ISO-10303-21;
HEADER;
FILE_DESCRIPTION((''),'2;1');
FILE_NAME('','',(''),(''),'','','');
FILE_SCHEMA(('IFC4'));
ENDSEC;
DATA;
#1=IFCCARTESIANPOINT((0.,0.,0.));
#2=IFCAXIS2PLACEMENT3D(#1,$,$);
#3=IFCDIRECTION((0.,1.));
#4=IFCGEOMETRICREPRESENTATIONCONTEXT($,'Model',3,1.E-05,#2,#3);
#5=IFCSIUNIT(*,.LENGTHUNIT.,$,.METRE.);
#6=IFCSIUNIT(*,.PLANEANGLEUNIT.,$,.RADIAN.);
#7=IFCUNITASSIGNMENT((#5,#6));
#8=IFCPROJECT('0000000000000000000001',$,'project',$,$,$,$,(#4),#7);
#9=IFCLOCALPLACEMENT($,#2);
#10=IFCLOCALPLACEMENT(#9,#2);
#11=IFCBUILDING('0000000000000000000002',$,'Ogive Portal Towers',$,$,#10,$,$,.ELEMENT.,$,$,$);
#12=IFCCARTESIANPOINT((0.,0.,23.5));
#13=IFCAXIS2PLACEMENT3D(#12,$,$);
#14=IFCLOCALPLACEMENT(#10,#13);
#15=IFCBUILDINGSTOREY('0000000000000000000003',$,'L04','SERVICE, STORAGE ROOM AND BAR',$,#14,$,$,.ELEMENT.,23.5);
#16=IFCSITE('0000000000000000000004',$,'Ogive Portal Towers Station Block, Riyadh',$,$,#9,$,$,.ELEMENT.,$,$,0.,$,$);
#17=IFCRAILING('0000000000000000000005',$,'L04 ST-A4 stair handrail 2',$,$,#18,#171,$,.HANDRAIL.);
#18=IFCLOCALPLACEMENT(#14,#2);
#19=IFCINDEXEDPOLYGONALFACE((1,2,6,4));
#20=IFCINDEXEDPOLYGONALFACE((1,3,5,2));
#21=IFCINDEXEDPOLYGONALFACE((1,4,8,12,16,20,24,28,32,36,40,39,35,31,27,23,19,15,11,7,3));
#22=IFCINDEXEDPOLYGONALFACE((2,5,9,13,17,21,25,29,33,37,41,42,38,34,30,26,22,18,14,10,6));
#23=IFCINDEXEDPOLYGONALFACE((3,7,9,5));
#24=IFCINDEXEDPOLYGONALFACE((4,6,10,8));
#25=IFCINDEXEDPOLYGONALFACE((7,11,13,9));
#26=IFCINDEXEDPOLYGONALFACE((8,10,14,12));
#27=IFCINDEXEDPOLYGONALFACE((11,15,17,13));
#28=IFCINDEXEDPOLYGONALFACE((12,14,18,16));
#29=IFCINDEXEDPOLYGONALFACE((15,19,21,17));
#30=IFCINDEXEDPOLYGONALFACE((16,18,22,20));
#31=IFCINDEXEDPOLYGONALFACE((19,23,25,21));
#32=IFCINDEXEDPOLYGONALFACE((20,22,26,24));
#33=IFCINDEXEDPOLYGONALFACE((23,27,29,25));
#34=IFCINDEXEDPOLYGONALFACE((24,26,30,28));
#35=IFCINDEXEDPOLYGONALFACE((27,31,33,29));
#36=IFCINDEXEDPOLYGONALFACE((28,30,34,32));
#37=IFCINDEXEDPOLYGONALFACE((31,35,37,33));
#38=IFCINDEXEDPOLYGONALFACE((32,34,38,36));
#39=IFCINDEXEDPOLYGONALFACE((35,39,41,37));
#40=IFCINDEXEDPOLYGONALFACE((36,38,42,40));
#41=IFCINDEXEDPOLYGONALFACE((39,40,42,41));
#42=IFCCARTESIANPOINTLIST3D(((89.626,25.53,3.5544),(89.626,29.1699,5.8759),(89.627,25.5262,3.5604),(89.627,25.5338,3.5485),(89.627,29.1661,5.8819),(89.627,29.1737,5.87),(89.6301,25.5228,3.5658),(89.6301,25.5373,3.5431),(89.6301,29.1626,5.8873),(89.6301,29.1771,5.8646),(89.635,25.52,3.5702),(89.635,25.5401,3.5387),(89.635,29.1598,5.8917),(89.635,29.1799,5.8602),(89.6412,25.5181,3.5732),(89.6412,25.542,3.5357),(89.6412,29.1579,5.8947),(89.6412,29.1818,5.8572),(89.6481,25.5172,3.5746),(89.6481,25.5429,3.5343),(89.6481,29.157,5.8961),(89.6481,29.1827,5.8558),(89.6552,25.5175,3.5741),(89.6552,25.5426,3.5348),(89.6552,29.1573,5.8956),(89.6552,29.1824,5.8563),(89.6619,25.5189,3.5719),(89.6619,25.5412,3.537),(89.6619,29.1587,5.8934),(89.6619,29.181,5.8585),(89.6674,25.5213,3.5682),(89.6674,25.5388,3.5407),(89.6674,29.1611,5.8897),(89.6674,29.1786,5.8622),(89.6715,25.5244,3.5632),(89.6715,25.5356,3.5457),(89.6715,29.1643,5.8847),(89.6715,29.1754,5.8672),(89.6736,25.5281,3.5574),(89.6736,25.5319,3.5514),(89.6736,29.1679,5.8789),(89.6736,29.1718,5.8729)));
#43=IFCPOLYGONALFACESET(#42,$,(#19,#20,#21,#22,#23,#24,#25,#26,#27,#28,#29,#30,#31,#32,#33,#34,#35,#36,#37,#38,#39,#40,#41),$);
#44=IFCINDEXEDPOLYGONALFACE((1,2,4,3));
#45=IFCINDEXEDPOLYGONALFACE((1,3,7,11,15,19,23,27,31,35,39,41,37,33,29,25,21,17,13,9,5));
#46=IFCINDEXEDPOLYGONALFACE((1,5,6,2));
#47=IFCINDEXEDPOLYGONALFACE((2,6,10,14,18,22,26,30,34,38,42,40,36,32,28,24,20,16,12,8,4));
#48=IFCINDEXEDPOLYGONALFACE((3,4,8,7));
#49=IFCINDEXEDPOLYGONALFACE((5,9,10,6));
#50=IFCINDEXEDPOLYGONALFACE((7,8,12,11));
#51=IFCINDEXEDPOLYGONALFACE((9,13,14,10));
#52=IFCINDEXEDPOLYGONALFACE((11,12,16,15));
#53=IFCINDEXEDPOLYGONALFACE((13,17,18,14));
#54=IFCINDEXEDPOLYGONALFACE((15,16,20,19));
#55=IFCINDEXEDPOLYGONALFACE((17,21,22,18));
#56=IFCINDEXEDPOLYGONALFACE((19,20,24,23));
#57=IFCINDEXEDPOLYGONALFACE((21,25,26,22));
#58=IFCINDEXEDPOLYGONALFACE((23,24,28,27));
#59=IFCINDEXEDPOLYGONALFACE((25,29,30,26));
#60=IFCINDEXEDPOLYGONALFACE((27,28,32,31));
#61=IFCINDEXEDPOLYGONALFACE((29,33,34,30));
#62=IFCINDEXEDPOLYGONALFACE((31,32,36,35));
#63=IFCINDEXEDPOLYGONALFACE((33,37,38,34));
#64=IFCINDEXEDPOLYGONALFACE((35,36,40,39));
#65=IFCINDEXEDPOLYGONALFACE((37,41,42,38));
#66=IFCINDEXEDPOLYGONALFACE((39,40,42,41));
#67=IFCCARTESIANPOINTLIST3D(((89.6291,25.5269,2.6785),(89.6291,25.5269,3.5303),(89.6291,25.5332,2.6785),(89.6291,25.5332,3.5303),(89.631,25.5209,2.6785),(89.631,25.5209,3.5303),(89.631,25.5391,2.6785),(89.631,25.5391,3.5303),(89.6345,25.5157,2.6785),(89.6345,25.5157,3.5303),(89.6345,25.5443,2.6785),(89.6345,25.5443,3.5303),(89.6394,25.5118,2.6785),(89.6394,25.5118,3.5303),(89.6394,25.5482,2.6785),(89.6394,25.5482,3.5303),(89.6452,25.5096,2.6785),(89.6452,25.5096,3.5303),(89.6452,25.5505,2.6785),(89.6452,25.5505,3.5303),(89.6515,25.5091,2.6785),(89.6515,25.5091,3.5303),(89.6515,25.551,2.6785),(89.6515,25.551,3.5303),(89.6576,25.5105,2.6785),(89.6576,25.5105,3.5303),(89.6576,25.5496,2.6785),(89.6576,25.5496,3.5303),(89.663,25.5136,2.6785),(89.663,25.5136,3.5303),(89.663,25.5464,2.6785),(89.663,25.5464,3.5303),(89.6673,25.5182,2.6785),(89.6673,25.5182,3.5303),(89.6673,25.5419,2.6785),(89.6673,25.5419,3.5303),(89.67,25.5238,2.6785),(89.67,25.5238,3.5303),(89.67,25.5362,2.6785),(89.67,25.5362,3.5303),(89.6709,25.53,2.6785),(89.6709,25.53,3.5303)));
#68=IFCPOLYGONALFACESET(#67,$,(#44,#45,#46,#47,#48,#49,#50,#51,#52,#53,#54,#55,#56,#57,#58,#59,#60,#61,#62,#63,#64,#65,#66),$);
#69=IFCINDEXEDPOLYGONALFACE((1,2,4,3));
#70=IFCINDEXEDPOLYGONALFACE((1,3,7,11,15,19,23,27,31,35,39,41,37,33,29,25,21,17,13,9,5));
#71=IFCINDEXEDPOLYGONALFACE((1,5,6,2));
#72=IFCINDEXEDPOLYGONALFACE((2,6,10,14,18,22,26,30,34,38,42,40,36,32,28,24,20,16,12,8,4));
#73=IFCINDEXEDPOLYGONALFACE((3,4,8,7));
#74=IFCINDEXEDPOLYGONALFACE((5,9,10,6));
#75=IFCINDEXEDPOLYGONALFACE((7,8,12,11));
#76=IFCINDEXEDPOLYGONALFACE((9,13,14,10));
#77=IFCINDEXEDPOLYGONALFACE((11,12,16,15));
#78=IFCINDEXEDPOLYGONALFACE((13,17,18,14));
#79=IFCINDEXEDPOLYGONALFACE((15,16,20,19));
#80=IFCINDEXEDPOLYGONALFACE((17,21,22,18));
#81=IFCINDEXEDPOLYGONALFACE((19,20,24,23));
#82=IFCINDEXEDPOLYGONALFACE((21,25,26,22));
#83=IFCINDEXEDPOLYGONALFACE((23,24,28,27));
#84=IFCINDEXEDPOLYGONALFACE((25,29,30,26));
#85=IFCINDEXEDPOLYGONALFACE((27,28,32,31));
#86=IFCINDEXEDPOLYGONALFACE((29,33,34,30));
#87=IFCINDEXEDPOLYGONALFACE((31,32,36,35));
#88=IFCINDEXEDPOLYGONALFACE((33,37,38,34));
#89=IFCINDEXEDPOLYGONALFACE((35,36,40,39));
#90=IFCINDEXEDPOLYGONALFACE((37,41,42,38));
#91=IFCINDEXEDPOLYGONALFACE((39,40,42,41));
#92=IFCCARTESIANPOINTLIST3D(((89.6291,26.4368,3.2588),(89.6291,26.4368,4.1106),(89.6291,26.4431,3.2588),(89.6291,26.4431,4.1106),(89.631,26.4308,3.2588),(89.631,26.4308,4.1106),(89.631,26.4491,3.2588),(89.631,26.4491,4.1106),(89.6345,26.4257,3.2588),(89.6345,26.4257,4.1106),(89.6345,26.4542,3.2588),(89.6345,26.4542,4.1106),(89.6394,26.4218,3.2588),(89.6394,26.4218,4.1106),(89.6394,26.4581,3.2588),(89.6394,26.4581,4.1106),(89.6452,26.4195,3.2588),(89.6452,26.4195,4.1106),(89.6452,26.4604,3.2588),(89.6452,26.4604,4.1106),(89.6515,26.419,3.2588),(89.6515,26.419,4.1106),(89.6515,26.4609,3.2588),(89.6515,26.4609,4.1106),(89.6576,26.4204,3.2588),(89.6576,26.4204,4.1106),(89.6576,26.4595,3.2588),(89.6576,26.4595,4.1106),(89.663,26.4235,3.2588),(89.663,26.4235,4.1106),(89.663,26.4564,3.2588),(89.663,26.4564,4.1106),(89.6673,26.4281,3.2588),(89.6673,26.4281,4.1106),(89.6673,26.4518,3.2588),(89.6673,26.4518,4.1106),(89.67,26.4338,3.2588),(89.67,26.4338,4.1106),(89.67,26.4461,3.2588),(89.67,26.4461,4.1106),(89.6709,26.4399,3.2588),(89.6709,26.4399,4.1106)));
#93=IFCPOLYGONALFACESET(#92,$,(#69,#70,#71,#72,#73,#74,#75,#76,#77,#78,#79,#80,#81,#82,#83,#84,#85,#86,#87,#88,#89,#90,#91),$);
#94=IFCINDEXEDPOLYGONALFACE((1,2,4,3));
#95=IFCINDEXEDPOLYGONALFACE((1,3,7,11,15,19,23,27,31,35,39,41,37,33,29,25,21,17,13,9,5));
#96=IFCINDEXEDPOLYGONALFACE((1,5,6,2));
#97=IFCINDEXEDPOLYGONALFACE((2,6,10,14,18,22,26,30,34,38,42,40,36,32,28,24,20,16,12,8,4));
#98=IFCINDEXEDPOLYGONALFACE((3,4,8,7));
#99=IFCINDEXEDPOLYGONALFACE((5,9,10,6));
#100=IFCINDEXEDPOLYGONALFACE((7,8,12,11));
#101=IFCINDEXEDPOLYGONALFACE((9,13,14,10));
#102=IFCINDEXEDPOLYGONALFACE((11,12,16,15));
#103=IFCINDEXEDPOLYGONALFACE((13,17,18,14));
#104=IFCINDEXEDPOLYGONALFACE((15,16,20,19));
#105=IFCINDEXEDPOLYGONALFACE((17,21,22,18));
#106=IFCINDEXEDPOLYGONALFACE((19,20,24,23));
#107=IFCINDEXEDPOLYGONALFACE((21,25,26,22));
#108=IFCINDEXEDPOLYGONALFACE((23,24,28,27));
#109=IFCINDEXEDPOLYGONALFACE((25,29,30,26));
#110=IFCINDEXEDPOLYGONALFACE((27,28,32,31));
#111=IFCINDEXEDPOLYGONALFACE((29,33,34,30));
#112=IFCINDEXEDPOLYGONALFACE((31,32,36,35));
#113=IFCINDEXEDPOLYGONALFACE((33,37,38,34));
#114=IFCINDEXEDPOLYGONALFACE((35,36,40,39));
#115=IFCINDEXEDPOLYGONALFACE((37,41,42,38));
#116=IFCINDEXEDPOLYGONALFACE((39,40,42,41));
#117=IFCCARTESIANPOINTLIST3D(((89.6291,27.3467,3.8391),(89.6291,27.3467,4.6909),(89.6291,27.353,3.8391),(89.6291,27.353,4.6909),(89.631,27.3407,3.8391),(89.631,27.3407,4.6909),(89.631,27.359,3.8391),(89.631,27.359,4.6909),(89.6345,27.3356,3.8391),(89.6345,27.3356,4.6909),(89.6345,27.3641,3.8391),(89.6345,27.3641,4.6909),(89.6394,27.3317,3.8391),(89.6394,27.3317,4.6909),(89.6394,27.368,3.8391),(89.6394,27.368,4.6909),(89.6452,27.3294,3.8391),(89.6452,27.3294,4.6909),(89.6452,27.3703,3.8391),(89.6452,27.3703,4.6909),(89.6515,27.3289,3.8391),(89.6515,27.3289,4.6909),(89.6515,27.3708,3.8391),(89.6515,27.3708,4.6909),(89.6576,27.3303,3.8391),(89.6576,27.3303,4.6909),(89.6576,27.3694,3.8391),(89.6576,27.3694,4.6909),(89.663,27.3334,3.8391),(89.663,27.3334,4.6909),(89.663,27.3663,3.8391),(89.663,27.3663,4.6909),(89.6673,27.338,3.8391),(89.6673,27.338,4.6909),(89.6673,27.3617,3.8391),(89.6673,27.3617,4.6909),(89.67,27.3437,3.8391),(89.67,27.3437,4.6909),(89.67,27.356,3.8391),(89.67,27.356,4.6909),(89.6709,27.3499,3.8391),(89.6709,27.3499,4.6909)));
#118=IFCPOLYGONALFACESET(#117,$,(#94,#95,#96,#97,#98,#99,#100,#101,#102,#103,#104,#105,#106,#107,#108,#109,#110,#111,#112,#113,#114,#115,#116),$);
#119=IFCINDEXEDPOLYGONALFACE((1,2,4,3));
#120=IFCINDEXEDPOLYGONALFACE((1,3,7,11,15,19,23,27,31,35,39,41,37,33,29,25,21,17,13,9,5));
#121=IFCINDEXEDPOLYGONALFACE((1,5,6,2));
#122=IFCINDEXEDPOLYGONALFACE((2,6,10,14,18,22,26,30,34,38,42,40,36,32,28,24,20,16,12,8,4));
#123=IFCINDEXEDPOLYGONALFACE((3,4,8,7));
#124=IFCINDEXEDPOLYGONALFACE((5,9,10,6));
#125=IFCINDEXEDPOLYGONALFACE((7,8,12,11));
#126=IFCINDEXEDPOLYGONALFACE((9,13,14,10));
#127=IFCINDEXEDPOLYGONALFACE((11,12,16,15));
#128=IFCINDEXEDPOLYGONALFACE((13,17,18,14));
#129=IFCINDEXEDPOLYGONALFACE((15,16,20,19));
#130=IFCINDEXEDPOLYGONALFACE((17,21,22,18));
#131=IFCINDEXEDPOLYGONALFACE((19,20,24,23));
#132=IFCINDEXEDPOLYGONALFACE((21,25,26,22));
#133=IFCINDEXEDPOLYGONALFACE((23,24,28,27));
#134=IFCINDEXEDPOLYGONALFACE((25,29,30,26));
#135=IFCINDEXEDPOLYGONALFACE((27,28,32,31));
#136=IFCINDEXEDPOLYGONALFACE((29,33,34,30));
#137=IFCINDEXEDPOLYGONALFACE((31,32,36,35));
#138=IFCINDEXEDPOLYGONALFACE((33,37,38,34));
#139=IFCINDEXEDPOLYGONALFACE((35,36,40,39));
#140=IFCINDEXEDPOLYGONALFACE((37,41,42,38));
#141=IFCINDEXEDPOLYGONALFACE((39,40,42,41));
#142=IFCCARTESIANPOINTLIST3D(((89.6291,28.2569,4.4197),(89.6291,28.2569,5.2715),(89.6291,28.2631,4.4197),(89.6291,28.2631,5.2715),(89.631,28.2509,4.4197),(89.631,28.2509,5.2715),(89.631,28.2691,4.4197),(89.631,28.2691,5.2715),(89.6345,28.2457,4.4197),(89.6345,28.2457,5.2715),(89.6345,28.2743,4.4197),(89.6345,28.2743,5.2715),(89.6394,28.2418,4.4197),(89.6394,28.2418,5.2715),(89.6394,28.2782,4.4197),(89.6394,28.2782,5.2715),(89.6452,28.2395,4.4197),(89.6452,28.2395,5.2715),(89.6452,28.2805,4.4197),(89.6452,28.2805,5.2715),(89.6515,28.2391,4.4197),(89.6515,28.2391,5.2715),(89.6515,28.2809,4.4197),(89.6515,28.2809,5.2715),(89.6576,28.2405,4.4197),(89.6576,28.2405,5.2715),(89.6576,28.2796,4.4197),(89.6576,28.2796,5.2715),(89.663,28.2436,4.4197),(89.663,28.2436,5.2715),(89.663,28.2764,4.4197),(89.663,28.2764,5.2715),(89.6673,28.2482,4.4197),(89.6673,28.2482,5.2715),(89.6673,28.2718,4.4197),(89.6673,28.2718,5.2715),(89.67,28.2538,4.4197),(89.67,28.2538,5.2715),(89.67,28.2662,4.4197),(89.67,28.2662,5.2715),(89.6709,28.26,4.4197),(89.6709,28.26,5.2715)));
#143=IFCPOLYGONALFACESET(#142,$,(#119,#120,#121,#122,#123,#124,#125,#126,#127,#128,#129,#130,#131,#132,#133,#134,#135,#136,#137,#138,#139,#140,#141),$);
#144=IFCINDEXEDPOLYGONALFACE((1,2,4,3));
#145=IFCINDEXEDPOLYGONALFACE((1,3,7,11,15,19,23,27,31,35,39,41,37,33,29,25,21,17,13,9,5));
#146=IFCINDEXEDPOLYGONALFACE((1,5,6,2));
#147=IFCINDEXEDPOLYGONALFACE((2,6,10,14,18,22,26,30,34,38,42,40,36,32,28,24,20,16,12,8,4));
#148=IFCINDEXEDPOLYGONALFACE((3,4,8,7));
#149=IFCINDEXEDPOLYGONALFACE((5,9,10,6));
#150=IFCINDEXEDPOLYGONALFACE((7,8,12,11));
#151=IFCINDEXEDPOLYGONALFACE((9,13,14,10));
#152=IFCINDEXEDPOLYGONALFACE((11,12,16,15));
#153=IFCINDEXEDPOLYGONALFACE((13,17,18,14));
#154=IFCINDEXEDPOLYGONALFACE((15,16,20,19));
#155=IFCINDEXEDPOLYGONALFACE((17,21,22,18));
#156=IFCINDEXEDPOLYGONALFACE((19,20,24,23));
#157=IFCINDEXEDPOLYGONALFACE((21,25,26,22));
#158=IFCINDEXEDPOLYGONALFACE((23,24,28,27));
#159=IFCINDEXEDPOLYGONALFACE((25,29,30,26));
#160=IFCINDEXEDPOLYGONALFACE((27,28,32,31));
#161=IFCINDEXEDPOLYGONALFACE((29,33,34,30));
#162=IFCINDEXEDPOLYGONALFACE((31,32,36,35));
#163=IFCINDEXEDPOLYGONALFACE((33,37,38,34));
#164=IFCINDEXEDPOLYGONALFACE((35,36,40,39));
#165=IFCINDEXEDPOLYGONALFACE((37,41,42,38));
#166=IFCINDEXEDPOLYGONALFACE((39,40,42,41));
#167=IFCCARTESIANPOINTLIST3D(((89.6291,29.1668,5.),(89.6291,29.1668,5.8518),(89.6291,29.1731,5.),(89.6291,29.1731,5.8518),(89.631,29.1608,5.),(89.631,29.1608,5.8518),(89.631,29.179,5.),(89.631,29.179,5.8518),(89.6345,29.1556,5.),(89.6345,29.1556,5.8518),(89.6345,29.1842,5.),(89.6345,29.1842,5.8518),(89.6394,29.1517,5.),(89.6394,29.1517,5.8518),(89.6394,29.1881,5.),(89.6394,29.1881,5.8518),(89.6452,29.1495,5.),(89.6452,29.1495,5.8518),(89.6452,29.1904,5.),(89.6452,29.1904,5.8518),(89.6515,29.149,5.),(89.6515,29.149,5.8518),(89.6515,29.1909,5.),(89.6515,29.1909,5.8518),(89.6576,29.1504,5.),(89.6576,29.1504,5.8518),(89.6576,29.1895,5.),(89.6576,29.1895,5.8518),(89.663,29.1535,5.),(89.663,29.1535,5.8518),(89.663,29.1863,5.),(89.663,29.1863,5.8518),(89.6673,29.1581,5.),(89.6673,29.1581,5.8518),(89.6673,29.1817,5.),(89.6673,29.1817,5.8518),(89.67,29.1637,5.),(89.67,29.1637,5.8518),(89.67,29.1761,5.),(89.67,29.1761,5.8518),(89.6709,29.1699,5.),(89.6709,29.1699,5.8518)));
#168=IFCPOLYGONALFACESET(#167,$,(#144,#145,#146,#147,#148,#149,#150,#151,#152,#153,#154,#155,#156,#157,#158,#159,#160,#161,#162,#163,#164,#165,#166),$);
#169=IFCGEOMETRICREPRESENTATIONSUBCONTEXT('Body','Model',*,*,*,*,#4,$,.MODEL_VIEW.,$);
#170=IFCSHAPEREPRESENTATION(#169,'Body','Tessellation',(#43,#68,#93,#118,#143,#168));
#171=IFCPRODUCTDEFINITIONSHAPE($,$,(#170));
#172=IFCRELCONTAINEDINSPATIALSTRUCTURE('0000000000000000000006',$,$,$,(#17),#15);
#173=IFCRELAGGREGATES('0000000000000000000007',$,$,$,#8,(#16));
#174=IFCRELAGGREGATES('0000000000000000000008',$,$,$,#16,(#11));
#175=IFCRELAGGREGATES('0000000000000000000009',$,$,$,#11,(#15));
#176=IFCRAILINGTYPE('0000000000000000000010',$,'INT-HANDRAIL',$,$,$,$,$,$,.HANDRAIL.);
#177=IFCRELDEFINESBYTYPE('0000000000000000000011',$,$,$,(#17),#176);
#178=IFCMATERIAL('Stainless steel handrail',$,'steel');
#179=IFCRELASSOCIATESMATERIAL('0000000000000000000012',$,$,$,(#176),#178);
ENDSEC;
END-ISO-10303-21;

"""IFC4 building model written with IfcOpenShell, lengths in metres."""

from ifc_helpers import new_model, si_unit, direction, frame, origin, origin_2d, place, context, subcontext, project, spatial, circle, extrude, material, type_object, element, save


model = new_model("IFC4")

# Units and contexts
model_context = context("Model", 3, precision=1e-05, world=origin(), true_north=direction((0.0, 1.0)))
body_context = subcontext(model_context, "Body", "Model", "MODEL_VIEW")
ifc_project = project(units=[si_unit("LENGTHUNIT", "METRE"), si_unit("PLANEANGLEUNIT", "RADIAN")], contexts=[model_context])

# Site, building, storey
site_placement = place(None, origin())
site = spatial("IfcSite", under=ifc_project, at=site_placement, Name="Ogive Portal Towers Station Block, Riyadh", CompositionType="ELEMENT", RefElevation=0.0)
building_placement = place(site_placement, origin())
building = spatial("IfcBuilding", under=site, at=building_placement, Name="Ogive Portal Towers", CompositionType="ELEMENT")
storey_placement = place(building_placement, frame((0.0, 0.0, 23.5)))
storey = spatial("IfcBuildingStorey", under=building, at=storey_placement, Name="L04", Description="SERVICE, STORAGE ROOM AND BAR", CompositionType="ELEMENT", Elevation=23.5)

# Railing
ifc_material_1 = material(Name="Stainless steel handrail", Category="steel")
railing_type_1 = type_object("IfcRailingType", Name="INT-HANDRAIL", PredefinedType="HANDRAIL", material=ifc_material_1)
railing_1_placement = place(storey_placement, frame((89.6499, 25.53, 2.6785)))
element("IfcRailing", 1, at=railing_1_placement, inside=storey, type_object=railing_type_1, Name="L04 ST-A4 stair handrail 2", PredefinedType="HANDRAIL", context=body_context, shape_type="SweptSolid", body=[
    extrude(circle(Radius=0.0239, at=origin_2d()), frame((0.0, 0.0, 0.876), z_axis=(0.0, 0.843112, 0.537739), x_axis=(-1.0, 0.0, 0.0)), (0.0, 0.0, 1.0), 4.3171),
    extrude(circle(Radius=0.021, at=origin_2d()), origin(), (0.0, 0.0, 1.0), 0.8518),
    extrude(circle(Radius=0.021, at=origin_2d()), frame((0.0, 0.9099, 0.5803)), (0.0, 0.0, 1.0), 0.8518),
    extrude(circle(Radius=0.021, at=origin_2d()), frame((0.0, 1.8198, 1.1606)), (0.0, 0.0, 1.0), 0.8518),
    extrude(circle(Radius=0.021, at=origin_2d()), frame((0.0, 2.73, 1.7412)), (0.0, 0.0, 1.0), 0.8518),
    extrude(circle(Radius=0.021, at=origin_2d()), frame((0.0, 3.6399, 2.3215)), (0.0, 0.0, 1.0), 0.8518),
])

save(model, "model.ifc")
